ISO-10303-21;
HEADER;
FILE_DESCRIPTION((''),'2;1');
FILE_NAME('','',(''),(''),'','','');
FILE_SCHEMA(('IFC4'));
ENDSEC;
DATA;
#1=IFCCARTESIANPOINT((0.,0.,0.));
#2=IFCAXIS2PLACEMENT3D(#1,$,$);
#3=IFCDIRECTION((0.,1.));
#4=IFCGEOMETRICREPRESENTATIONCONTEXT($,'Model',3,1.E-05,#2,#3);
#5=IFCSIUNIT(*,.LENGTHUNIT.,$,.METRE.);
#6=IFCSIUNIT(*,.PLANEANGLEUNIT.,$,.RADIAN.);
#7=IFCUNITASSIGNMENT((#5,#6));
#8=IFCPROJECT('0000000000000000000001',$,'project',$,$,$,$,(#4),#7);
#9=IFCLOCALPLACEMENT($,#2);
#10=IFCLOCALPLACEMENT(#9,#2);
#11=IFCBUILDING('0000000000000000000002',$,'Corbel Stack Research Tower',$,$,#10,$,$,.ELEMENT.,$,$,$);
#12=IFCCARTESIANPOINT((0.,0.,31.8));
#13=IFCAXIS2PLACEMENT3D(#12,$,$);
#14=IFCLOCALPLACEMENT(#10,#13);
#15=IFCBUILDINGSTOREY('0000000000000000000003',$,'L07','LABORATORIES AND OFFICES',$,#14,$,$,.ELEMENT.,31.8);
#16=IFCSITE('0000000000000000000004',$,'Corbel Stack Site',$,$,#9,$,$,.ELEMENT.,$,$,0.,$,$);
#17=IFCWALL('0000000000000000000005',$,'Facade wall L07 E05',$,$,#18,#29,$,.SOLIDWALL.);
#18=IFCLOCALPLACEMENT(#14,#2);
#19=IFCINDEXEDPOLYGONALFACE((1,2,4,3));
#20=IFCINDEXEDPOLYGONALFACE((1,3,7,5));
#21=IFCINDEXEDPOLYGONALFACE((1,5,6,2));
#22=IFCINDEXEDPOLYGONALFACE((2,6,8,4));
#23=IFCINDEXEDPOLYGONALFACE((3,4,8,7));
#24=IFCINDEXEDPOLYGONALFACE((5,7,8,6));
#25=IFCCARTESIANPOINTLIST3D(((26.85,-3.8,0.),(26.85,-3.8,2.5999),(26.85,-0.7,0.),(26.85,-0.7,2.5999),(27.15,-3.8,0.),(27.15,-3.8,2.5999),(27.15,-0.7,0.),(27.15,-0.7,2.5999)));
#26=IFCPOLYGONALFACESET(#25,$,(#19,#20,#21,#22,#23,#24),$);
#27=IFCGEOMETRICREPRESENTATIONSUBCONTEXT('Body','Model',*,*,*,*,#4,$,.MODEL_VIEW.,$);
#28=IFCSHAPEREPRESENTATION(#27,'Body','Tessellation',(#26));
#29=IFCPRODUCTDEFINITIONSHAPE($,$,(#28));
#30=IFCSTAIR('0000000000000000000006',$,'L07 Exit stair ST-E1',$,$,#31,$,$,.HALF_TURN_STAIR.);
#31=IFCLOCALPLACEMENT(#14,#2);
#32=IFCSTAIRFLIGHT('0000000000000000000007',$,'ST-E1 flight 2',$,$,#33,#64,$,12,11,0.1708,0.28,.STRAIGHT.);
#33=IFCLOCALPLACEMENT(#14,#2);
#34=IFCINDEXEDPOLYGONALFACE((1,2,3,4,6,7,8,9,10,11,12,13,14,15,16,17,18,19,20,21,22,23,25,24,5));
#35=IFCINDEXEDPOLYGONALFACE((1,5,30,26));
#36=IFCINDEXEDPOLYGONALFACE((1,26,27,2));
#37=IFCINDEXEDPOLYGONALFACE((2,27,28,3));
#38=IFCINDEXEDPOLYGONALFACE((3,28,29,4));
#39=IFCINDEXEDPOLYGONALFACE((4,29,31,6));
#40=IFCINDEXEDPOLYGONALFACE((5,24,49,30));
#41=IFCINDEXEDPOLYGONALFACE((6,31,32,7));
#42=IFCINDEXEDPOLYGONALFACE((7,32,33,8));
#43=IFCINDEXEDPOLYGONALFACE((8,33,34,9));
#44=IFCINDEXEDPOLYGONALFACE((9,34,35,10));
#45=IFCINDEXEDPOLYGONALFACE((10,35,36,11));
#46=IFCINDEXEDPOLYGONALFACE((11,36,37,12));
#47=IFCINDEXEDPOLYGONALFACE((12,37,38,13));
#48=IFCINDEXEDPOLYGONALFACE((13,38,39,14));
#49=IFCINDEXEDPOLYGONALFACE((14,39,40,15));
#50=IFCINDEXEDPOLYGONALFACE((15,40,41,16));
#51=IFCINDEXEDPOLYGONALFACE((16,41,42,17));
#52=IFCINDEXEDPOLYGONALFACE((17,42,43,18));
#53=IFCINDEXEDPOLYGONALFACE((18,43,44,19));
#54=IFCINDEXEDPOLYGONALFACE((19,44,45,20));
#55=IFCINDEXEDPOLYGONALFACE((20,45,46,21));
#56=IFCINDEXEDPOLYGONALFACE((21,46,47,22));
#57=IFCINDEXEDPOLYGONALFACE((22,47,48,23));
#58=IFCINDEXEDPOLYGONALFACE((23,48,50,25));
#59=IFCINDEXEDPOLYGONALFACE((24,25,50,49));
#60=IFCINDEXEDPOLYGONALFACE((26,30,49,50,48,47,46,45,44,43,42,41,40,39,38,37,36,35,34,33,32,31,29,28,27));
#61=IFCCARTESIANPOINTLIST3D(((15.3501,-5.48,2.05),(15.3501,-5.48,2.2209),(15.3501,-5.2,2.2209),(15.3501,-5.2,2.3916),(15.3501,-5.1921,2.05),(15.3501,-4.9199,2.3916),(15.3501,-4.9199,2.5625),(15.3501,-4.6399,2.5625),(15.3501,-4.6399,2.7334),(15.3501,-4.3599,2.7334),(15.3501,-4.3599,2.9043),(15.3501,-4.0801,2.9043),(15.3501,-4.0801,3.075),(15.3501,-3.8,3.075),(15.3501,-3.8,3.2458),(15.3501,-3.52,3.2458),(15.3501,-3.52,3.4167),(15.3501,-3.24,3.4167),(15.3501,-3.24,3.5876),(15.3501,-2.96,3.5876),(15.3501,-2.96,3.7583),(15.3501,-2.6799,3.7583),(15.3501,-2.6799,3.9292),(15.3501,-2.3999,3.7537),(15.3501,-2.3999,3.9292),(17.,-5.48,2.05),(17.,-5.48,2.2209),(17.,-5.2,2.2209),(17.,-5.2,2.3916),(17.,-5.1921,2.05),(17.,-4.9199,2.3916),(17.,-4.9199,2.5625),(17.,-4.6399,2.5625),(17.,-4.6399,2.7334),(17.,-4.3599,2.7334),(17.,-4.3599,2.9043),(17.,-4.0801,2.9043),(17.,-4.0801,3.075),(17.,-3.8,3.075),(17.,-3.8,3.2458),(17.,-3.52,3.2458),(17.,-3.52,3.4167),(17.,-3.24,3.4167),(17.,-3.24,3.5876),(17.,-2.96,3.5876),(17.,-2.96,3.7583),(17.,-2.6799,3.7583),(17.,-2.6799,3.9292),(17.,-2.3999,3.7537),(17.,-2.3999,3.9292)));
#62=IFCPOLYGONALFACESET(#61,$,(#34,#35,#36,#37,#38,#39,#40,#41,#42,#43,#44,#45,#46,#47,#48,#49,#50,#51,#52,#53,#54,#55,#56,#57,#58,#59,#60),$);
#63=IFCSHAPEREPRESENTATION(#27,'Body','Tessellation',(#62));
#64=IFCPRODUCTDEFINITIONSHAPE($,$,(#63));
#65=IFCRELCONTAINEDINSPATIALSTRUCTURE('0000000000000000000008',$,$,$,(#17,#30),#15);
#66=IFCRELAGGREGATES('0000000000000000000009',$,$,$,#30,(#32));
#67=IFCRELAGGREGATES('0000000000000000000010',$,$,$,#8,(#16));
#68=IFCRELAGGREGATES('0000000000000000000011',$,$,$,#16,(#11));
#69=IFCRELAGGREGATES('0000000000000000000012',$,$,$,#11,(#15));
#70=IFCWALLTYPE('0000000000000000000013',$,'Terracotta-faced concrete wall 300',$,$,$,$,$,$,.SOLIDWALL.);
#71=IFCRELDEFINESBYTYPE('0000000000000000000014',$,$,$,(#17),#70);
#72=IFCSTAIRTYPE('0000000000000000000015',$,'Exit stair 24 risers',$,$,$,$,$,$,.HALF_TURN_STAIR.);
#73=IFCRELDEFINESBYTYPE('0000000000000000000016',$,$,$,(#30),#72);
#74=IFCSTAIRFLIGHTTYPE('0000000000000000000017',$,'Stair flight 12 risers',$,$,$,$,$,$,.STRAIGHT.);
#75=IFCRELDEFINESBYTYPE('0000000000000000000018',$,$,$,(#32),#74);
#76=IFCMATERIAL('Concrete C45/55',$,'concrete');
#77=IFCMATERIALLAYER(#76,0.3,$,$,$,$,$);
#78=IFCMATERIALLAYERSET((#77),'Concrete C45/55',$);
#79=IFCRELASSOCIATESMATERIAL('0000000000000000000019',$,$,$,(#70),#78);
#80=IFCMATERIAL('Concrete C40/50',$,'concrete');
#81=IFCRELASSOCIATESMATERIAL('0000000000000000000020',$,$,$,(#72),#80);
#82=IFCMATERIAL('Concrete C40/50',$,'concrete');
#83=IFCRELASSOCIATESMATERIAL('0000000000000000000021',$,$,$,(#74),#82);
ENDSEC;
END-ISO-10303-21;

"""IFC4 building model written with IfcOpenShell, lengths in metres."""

from ifc_helpers import new_model, si_unit, direction, frame, frame_2d, origin, place, context, subcontext, project, spatial, polyline, rectangle, outline, extrude, material, layer, layer_set, type_object, element, aggregate, save


model = new_model("IFC4")

# Units and contexts
model_context = context("Model", 3, precision=1e-05, world=origin(), true_north=direction((0.0, 1.0)))
body_context = subcontext(model_context, "Body", "Model", "MODEL_VIEW")
ifc_project = project(units=[si_unit("LENGTHUNIT", "METRE"), si_unit("PLANEANGLEUNIT", "RADIAN")], contexts=[model_context])

# Site, building, storey
site_placement = place(None, origin())
site = spatial("IfcSite", under=ifc_project, at=site_placement, Name="Corbel Stack Site", CompositionType="ELEMENT", RefElevation=0.0)
building_placement = place(site_placement, origin())
building = spatial("IfcBuilding", under=site, at=building_placement, Name="Corbel Stack Research Tower", CompositionType="ELEMENT")
storey_placement = place(building_placement, frame((0.0, 0.0, 31.8)))
storey = spatial("IfcBuildingStorey", under=building, at=storey_placement, Name="L07", Description="LABORATORIES AND OFFICES", CompositionType="ELEMENT", Elevation=31.8)

# Shared definitions
ifc_material_1 = material(Name="Concrete C45/55", Category="concrete")
ifc_layer_1 = layer(ifc_material_1, 0.3)
ifc_layer_set_1 = layer_set([ifc_layer_1], Name="Concrete C45/55")
wall_type_1 = type_object("IfcWallType", Name="Terracotta-faced concrete wall 300", PredefinedType="SOLIDWALL", material=ifc_layer_set_1)

# Wall
for number, where, z_axis, x_axis, name in (
    (1, (27.0, -0.7, 0.0), (0.0, 0.0, 1.0), (0.0, -1.0, 0.0), "Facade wall L07 E05"),
):
    element("IfcWall", number, at=place(storey_placement, frame(where, z_axis=z_axis, x_axis=x_axis)), inside=storey, type_object=wall_type_1, Name=name, PredefinedType="SOLIDWALL", context=body_context, shape_type="SweptSolid", body=[
        extrude(rectangle(XDim=3.1001, YDim=0.3, at=frame_2d((1.55, 0.0))), origin(), (0.0, 0.0, 1.0), 2.5999),
    ])

# Stair, stair flight
ifc_material_2 = material(Name="Concrete C40/50", Category="concrete")
stair_type = type_object("IfcStairType", Name="Exit stair 24 risers", PredefinedType="HALF_TURN_STAIR", material=ifc_material_2)
stair_placement = place(storey_placement, origin())
stair = element("IfcStair", 2, at=stair_placement, inside=storey, type_object=stair_type, Name="L07 Exit stair ST-E1", PredefinedType="HALF_TURN_STAIR")
ifc_material_3 = material(Name="Concrete C40/50", Category="concrete")
stair_flight_type = type_object("IfcStairFlightType", Name="Stair flight 12 risers", PredefinedType="STRAIGHT", material=ifc_material_3)
stair_flight_placement = place(storey_placement, frame((16.175, -5.48, 2.05), z_axis=(0.0, 0.0, 1.0), x_axis=(0.0, 1.0, 0.0)))
stair_flight = element("IfcStairFlight", 3, at=stair_flight_placement, type_object=stair_flight_type, Name="ST-E1 flight 2", NumberOfRisers=12, NumberOfTreads=11, PredefinedType="STRAIGHT", RiserHeight=0.1708, TreadLength=0.28, context=body_context, shape_type="SweptSolid", body=[
    extrude(outline(polyline([(0.0, 0.0), (0.0, 0.1709), (0.28, 0.1709), (0.28, 0.3416), (0.5601, 0.3416), (0.5601, 0.5125), (0.8401, 0.5125), (0.8401, 0.6833), (1.1201, 0.6833), (1.1201, 0.8542), (1.3999, 0.8542), (1.3999, 1.0249), (1.6799, 1.0249), (1.6799, 1.1958), (1.96, 1.1958), (1.96, 1.3667), (2.24, 1.3667), (2.24, 1.5376), (2.52, 1.5376), (2.52, 1.7083), (2.8, 1.7083), (2.8, 1.8792), (3.0801, 1.8792), (3.0801, 2.05), (3.0801, 1.7036), (0.2878, 0.0), (0.0, 0.0)])), frame((0.0, 0.825, 0.0), z_axis=(0.0, -1.0, 0.0), x_axis=(1.0, 0.0, 0.0)), (0.0, 0.0, 1.0), 1.6499),
])
aggregate(stair, [stair_flight])

save(model, "model.ifc")
